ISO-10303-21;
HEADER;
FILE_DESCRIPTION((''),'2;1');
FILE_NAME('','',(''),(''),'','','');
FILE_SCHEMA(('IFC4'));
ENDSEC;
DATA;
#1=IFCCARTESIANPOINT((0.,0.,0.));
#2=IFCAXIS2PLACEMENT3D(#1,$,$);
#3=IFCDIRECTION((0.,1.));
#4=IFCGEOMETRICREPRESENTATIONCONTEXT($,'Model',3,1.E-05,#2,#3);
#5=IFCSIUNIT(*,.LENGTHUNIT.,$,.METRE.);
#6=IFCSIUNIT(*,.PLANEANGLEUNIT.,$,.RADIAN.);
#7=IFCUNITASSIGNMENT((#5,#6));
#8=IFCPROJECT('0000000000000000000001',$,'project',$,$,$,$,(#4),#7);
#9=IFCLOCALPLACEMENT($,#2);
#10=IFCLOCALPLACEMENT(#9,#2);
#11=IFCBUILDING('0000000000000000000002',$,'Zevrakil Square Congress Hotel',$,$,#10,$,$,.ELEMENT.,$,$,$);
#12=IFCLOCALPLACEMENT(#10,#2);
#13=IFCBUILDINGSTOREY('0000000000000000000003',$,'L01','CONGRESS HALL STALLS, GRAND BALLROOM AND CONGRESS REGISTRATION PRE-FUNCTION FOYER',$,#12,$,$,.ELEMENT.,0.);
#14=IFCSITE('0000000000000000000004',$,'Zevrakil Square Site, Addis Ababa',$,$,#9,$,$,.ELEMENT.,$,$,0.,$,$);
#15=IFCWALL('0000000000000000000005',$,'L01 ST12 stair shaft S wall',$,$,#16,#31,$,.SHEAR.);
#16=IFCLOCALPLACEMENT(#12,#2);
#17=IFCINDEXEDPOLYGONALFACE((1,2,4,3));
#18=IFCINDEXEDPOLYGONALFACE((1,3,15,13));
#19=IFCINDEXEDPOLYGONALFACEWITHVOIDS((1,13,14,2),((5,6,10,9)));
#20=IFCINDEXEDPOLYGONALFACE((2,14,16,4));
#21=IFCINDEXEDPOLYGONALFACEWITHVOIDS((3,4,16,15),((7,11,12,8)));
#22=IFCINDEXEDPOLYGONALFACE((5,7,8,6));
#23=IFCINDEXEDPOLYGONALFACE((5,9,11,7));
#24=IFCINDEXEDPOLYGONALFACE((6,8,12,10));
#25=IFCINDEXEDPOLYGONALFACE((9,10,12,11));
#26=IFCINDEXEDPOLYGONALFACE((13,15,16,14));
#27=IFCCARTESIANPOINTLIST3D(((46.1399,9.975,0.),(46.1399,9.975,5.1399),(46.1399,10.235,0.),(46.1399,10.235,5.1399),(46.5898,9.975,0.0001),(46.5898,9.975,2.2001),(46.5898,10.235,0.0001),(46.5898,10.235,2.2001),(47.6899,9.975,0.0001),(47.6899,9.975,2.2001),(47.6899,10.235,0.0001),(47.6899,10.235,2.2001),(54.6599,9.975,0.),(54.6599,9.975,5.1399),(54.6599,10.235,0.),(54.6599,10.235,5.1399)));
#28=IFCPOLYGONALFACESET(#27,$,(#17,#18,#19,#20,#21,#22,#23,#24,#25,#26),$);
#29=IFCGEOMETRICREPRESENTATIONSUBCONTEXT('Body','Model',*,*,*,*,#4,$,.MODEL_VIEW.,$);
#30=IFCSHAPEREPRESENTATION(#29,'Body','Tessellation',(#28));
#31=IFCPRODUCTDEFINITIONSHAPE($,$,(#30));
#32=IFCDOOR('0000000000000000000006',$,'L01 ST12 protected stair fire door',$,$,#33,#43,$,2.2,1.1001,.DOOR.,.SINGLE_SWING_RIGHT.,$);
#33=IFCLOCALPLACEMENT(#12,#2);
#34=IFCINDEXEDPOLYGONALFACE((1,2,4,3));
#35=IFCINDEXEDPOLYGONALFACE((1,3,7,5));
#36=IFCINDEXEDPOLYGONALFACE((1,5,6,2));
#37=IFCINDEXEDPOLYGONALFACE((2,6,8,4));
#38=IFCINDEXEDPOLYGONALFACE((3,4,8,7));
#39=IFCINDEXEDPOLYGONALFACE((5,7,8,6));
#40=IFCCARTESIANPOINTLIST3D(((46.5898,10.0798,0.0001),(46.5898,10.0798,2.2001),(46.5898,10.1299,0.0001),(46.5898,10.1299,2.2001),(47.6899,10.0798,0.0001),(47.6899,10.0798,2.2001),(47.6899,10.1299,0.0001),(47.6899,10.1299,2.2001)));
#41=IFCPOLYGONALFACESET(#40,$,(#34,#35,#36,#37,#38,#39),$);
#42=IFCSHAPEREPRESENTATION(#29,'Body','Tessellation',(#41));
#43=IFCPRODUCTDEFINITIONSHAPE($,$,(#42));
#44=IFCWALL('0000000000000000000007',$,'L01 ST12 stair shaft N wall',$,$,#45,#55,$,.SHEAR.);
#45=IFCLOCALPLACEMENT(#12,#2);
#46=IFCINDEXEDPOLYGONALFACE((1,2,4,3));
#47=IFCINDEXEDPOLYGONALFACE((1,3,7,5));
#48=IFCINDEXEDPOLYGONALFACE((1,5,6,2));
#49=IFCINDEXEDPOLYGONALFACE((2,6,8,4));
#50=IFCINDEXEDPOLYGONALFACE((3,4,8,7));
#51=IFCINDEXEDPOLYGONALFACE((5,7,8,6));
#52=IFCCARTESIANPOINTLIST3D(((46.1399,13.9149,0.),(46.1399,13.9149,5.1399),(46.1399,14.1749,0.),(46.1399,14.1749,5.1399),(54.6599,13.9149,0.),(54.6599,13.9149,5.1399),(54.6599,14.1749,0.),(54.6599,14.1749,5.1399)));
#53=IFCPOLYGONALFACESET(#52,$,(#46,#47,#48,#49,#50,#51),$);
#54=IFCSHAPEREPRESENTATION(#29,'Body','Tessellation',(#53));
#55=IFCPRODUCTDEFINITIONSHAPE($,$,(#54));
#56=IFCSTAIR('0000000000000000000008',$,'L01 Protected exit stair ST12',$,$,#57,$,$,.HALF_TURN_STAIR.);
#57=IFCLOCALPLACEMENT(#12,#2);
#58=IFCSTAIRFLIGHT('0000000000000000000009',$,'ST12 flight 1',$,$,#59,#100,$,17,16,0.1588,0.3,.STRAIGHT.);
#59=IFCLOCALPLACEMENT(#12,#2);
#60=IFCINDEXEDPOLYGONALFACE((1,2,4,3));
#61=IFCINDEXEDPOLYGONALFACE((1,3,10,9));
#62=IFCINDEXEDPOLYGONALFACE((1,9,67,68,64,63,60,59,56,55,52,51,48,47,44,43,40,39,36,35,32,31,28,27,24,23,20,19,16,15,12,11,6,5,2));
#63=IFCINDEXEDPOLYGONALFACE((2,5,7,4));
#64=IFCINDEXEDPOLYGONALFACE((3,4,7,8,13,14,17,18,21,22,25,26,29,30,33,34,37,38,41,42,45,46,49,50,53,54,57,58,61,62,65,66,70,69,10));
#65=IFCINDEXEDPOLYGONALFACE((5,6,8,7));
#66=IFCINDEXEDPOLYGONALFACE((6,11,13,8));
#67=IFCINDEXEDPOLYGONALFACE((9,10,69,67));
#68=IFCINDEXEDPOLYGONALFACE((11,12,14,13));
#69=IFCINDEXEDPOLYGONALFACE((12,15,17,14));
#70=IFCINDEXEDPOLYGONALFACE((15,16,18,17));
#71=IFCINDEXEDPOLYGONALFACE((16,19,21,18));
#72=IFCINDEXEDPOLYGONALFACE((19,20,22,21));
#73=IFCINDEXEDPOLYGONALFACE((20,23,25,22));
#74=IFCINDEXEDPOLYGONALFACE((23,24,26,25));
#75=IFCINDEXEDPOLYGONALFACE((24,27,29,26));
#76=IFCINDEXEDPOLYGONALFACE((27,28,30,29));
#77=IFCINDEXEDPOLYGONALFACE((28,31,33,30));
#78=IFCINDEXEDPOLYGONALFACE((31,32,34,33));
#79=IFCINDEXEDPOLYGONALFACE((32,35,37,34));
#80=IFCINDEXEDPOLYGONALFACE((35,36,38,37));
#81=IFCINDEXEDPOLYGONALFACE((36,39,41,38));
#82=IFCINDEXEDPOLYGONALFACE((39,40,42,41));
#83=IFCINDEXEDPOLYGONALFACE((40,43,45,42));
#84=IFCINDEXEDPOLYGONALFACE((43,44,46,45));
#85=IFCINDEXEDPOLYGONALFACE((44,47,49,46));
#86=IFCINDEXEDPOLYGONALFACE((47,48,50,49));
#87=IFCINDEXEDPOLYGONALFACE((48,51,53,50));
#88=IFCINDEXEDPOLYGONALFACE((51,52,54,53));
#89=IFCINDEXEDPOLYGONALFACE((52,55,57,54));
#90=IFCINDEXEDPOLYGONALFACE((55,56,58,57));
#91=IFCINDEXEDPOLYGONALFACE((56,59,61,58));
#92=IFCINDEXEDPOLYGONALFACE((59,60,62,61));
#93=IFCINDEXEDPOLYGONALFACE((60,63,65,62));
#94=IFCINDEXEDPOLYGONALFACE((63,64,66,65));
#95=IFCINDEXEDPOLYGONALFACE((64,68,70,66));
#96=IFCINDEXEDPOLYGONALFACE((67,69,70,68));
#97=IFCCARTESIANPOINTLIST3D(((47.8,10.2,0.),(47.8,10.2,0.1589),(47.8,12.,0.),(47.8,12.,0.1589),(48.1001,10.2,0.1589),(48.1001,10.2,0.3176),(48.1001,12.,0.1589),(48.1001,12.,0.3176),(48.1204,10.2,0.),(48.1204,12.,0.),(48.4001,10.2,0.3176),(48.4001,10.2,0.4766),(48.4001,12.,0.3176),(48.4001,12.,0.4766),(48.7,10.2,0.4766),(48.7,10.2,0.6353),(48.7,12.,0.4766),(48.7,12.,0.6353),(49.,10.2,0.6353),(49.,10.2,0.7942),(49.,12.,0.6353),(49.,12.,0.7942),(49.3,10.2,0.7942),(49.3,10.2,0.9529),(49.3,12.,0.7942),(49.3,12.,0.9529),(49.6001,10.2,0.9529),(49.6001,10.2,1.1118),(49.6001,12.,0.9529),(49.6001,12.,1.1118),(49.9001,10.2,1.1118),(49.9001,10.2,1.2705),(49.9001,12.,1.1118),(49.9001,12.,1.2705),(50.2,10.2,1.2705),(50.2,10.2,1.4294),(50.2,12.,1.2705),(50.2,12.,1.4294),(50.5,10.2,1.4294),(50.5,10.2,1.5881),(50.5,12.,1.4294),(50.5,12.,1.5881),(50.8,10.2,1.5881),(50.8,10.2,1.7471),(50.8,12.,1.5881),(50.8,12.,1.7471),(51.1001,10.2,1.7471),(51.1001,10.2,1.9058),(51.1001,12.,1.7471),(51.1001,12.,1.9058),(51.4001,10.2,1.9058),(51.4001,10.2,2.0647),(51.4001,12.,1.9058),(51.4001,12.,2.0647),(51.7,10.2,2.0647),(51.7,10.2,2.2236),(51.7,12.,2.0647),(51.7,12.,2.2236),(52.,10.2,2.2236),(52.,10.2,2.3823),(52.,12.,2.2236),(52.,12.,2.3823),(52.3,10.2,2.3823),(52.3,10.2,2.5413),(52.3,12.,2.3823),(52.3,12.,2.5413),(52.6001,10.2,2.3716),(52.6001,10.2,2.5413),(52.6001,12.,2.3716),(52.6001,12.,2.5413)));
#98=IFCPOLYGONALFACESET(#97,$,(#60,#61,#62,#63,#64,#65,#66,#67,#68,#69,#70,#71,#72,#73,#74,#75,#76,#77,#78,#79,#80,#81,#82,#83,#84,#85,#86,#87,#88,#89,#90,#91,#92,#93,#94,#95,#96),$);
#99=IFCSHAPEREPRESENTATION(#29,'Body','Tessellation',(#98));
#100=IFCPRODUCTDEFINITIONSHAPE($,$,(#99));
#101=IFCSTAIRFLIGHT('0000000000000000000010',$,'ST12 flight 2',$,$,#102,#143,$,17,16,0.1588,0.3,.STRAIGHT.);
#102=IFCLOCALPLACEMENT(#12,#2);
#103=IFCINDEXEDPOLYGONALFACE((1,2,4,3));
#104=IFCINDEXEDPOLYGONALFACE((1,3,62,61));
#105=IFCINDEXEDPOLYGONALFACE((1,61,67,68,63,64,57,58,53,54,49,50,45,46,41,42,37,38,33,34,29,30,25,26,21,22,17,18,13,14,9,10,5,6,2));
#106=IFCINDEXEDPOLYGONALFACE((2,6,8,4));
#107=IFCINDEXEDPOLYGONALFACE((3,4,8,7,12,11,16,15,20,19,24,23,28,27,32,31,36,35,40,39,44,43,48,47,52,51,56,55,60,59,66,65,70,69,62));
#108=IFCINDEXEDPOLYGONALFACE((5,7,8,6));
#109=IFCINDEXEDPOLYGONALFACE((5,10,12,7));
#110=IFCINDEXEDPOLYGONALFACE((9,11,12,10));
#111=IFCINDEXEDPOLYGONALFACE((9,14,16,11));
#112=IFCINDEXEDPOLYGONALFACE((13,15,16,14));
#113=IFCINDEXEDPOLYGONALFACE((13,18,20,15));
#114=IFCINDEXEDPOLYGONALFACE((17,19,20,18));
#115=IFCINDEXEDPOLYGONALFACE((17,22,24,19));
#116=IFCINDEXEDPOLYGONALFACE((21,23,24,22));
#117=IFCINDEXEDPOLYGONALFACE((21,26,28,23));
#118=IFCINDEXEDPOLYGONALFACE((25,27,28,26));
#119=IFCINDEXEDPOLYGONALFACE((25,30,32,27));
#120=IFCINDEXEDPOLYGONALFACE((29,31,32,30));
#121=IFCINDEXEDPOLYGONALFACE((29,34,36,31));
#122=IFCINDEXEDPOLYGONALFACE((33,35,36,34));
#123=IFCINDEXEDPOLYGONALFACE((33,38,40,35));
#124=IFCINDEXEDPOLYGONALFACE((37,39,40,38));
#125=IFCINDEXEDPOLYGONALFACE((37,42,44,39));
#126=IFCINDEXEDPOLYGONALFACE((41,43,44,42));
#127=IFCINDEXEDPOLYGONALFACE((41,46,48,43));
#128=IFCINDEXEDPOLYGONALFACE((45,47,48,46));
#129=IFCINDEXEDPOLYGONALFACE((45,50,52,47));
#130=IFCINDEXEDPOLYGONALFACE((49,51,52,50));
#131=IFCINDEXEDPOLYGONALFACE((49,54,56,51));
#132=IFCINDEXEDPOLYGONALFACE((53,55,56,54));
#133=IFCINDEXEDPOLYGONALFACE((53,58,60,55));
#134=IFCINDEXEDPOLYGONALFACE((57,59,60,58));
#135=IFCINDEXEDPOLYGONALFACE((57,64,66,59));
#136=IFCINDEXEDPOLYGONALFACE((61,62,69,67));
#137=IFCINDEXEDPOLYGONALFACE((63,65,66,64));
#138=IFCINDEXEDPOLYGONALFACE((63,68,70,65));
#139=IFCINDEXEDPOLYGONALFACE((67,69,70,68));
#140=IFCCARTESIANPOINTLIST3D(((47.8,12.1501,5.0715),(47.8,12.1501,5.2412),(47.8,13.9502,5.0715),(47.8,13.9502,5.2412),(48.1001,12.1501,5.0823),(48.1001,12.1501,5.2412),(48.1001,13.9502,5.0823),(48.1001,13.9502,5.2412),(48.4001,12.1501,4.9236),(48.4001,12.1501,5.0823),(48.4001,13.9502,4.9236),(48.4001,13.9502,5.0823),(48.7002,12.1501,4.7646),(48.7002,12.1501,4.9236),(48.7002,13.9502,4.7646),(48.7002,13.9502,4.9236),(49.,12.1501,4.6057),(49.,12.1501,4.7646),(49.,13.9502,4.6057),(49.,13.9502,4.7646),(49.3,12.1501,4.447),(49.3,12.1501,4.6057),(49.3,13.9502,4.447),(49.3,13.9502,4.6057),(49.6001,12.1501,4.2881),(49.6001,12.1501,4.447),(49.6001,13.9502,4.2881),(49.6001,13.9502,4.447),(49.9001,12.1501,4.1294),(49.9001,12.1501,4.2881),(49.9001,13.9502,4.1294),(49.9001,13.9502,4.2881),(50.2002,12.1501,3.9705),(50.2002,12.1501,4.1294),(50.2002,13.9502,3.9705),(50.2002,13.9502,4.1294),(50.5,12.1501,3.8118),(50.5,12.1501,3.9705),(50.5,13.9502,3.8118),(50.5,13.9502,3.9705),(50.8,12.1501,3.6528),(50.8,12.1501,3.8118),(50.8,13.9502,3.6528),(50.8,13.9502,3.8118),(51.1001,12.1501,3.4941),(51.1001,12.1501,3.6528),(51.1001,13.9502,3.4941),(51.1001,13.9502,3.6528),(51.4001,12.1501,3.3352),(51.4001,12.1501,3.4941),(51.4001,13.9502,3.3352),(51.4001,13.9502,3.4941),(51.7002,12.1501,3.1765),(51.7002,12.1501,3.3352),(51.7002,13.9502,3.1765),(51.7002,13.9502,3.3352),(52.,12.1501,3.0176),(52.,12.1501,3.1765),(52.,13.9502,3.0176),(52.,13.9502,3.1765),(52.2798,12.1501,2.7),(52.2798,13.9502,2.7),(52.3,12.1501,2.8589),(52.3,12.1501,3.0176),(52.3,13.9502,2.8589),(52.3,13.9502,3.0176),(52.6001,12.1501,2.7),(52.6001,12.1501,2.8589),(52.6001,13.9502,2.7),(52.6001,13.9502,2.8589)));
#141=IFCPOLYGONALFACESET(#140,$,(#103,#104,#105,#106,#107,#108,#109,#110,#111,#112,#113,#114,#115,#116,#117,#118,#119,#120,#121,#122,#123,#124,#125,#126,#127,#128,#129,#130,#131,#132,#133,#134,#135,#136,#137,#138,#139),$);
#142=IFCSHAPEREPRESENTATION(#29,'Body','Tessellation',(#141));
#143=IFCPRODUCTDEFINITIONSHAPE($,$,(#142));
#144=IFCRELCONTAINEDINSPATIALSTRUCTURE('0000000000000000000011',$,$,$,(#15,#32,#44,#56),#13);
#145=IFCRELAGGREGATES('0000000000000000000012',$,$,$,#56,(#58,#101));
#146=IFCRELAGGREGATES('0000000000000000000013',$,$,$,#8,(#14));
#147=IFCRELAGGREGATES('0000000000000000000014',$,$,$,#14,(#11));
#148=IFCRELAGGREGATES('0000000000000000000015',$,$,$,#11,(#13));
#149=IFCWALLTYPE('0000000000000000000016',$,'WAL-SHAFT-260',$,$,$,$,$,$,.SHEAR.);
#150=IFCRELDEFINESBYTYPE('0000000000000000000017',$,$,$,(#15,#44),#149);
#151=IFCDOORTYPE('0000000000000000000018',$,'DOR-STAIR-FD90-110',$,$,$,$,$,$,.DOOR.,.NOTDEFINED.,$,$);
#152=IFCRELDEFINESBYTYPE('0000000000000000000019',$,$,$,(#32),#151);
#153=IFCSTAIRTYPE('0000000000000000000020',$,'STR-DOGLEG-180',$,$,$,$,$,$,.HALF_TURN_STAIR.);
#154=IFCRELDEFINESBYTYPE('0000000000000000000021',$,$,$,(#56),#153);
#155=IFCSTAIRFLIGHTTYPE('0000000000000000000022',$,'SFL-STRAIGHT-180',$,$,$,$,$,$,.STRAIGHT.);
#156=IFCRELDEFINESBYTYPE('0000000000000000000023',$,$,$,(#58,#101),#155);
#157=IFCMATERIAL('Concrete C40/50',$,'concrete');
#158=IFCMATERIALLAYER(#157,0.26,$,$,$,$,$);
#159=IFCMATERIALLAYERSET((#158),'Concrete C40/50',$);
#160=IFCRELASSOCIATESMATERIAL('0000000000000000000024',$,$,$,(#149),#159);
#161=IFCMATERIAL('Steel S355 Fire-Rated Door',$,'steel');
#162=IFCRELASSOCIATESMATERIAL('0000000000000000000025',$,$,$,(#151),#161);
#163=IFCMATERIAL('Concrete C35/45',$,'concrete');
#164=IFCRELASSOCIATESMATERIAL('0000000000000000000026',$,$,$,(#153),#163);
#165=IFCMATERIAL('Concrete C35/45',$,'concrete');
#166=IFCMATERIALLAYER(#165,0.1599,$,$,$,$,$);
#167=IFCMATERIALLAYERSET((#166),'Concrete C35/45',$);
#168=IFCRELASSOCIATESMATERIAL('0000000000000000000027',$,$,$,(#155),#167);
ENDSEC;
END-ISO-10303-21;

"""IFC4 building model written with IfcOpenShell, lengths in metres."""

from ifc_helpers import new_model, si_unit, direction, frame, frame_2d, origin, place, context, subcontext, project, spatial, polyline, rectangle, outline, extrude, material, layer, layer_set, type_object, element, fill, aggregate, save


model = new_model("IFC4")

# Units and contexts
model_context = context("Model", 3, precision=1e-05, world=origin(), true_north=direction((0.0, 1.0)))
body_context = subcontext(model_context, "Body", "Model", "MODEL_VIEW")
ifc_project = project(units=[si_unit("LENGTHUNIT", "METRE"), si_unit("PLANEANGLEUNIT", "RADIAN")], contexts=[model_context])

# Site, building, storey
site_placement = place(None, origin())
site = spatial("IfcSite", under=ifc_project, at=site_placement, Name="Zevrakil Square Site, Addis Ababa", CompositionType="ELEMENT", RefElevation=0.0)
building_placement = place(site_placement, origin())
building = spatial("IfcBuilding", under=site, at=building_placement, Name="Zevrakil Square Congress Hotel", CompositionType="ELEMENT")
storey_placement = place(building_placement, origin())
storey = spatial("IfcBuildingStorey", under=building, at=storey_placement, Name="L01", Description="CONGRESS HALL STALLS, GRAND BALLROOM AND CONGRESS REGISTRATION PRE-FUNCTION FOYER", CompositionType="ELEMENT", Elevation=0.0)

# Wall, opening, door
ifc_material_1 = material(Name="Concrete C40/50", Category="concrete")
ifc_layer_1 = layer(ifc_material_1, 0.26)
ifc_layer_set_1 = layer_set([ifc_layer_1], Name="Concrete C40/50")
wall_type_1 = type_object("IfcWallType", Name="WAL-SHAFT-260", PredefinedType="SHEAR", material=ifc_layer_set_1)
wall_1_placement = place(storey_placement, frame((46.1399, 10.105, 0.0), z_axis=(0.0, 0.0, 1.0), x_axis=(1.0, 0.0, 0.0)))
wall_1 = element("IfcWall", 1, at=wall_1_placement, inside=storey, type_object=wall_type_1, Name="L01 ST12 stair shaft S wall", PredefinedType="SHEAR", context=body_context, shape_type="SweptSolid", body=[
    extrude(rectangle(XDim=8.52, YDim=0.26, at=frame_2d((4.26, 0.0))), origin(), (0.0, 0.0, 1.0), 5.1399),
])
opening_1_placement = place(wall_1_placement, frame((0.45, 0.0, 0.0)))
opening_1 = element("IfcOpeningElement", 2, at=opening_1_placement, cuts=wall_1, PredefinedType="OPENING", context=body_context, shape_type="SweptSolid", body=[
    extrude(rectangle(XDim=1.1001, YDim=2.2, at=frame_2d((0.55, 1.1001))), frame((0.0, 0.1401, 0.0), z_axis=(0.0, -1.0, 0.0), x_axis=(1.0, 0.0, 0.0)), (0.0, 0.0, 1.0), 0.28),
])
ifc_material_2 = material(Name="Steel S355 Fire-Rated Door", Category="steel")
door_type_1 = type_object("IfcDoorType", Name="DOR-STAIR-FD90-110", OperationType="NOTDEFINED", PredefinedType="DOOR", material=ifc_material_2)
door_1_placement = place(opening_1_placement, origin())
door_1 = element("IfcDoor", 3, at=door_1_placement, inside=storey, type_object=door_type_1, Name="L01 ST12 protected stair fire door", OperationType="SINGLE_SWING_RIGHT", OverallHeight=2.2, OverallWidth=1.1001, PredefinedType="DOOR", context=body_context, shape_type="SweptSolid", body=[
    extrude(rectangle(XDim=1.1001, YDim=2.2, at=frame_2d((0.55, 1.1001))), frame((0.0, 0.0249, 0.0), z_axis=(0.0, -1.0, 0.0), x_axis=(1.0, 0.0, 0.0)), (0.0, 0.0, 1.0), 0.05),
])
fill(opening_1, door_1)

# Wall
wall_2_placement = place(storey_placement, frame((46.1399, 14.0449, 0.0), z_axis=(0.0, 0.0, 1.0), x_axis=(1.0, 0.0, 0.0)))
element("IfcWall", 4, at=wall_2_placement, inside=storey, type_object=wall_type_1, Name="L01 ST12 stair shaft N wall", PredefinedType="SHEAR", context=body_context, shape_type="SweptSolid", body=[
    extrude(rectangle(XDim=8.52, YDim=0.26, at=frame_2d((4.26, 0.0))), origin(), (0.0, 0.0, 1.0), 5.1399),
])

# Stair, stair flights
ifc_material_3 = material(Name="Concrete C35/45", Category="concrete")
stair_type = type_object("IfcStairType", Name="STR-DOGLEG-180", PredefinedType="HALF_TURN_STAIR", material=ifc_material_3)
stair_placement = place(storey_placement, origin())
stair = element("IfcStair", 5, at=stair_placement, inside=storey, type_object=stair_type, Name="L01 Protected exit stair ST12", PredefinedType="HALF_TURN_STAIR")
ifc_material_4 = material(Name="Concrete C35/45", Category="concrete")
ifc_layer_2 = layer(ifc_material_4, 0.1599)
ifc_layer_set_2 = layer_set([ifc_layer_2], Name="Concrete C35/45")
stair_flight_type = type_object("IfcStairFlightType", Name="SFL-STRAIGHT-180", PredefinedType="STRAIGHT", material=ifc_layer_set_2)
stair_flight_1_placement = place(storey_placement, frame((47.8, 11.1001, 0.0), z_axis=(0.0, 0.0, 1.0), x_axis=(1.0, 0.0, 0.0)))
stair_flight_1 = element("IfcStairFlight", 6, at=stair_flight_1_placement, type_object=stair_flight_type, Name="ST12 flight 1", NumberOfRisers=17, NumberOfTreads=16, PredefinedType="STRAIGHT", RiserHeight=0.1588, TreadLength=0.3, context=body_context, shape_type="SweptSolid", body=[
    extrude(outline(polyline([(0.0, 0.0), (0.0, 0.1589), (0.3, 0.1589), (0.3, 0.3176), (0.6001, 0.3176), (0.6001, 0.4766), (0.8999, 0.4766), (0.8999, 0.6353), (1.2, 0.6353), (1.2, 0.7942), (1.5, 0.7942), (1.5, 0.9529), (1.8, 0.9529), (1.8, 1.1118), (2.1001, 1.1118), (2.1001, 1.2705), (2.3999, 1.2705), (2.3999, 1.4294), (2.7, 1.4294), (2.7, 1.5881), (3.0, 1.5881), (3.0, 1.7471), (3.3, 1.7471), (3.3, 1.9058), (3.6001, 1.9058), (3.6001, 2.0647), (3.8999, 2.0647), (3.8999, 2.2236), (4.2, 2.2236), (4.2, 2.3823), (4.5, 2.3823), (4.5, 2.5413), (4.8, 2.5413), (4.8, 2.7), (4.8, 2.3716), (0.3203, 0.0), (0.0, 0.0)])), frame((0.0, 0.8999, 0.0), z_axis=(0.0, -1.0, 0.0), x_axis=(1.0, 0.0, 0.0)), (0.0, 0.0, 1.0), 1.8),
])
stair_flight_2_placement = place(storey_placement, frame((52.6001, 13.05, 2.7), z_axis=(0.0, 0.0, 1.0), x_axis=(-1.0, 0.0, 0.0)))
stair_flight_2 = element("IfcStairFlight", 7, at=stair_flight_2_placement, type_object=stair_flight_type, Name="ST12 flight 2", NumberOfRisers=17, NumberOfTreads=16, PredefinedType="STRAIGHT", RiserHeight=0.1588, TreadLength=0.3, context=body_context, shape_type="SweptSolid", body=[
    extrude(outline(polyline([(0.0, 0.0), (0.0, 0.1589), (0.3, 0.1589), (0.3, 0.3176), (0.6001, 0.3176), (0.6001, 0.4766), (0.8999, 0.4766), (0.8999, 0.6353), (1.2, 0.6353), (1.2, 0.7942), (1.5, 0.7942), (1.5, 0.9529), (1.8, 0.9529), (1.8, 1.1118), (2.1001, 1.1118), (2.1001, 1.2705), (2.3999, 1.2705), (2.3999, 1.4294), (2.7, 1.4294), (2.7, 1.5881), (3.0, 1.5881), (3.0, 1.7471), (3.3, 1.7471), (3.3, 1.9058), (3.6001, 1.9058), (3.6001, 2.0647), (3.8999, 2.0647), (3.8999, 2.2236), (4.2, 2.2236), (4.2, 2.3823), (4.5, 2.3823), (4.5, 2.5413), (4.8, 2.5413), (4.8, 2.7), (4.8, 2.3716), (0.3203, 0.0), (0.0, 0.0)])), frame((0.0, 0.8999, 0.0), z_axis=(0.0, -1.0, 0.0), x_axis=(1.0, 0.0, 0.0)), (0.0, 0.0, 1.0), 1.8),
])
aggregate(stair, [stair_flight_1, stair_flight_2])

save(model, "model.ifc")
